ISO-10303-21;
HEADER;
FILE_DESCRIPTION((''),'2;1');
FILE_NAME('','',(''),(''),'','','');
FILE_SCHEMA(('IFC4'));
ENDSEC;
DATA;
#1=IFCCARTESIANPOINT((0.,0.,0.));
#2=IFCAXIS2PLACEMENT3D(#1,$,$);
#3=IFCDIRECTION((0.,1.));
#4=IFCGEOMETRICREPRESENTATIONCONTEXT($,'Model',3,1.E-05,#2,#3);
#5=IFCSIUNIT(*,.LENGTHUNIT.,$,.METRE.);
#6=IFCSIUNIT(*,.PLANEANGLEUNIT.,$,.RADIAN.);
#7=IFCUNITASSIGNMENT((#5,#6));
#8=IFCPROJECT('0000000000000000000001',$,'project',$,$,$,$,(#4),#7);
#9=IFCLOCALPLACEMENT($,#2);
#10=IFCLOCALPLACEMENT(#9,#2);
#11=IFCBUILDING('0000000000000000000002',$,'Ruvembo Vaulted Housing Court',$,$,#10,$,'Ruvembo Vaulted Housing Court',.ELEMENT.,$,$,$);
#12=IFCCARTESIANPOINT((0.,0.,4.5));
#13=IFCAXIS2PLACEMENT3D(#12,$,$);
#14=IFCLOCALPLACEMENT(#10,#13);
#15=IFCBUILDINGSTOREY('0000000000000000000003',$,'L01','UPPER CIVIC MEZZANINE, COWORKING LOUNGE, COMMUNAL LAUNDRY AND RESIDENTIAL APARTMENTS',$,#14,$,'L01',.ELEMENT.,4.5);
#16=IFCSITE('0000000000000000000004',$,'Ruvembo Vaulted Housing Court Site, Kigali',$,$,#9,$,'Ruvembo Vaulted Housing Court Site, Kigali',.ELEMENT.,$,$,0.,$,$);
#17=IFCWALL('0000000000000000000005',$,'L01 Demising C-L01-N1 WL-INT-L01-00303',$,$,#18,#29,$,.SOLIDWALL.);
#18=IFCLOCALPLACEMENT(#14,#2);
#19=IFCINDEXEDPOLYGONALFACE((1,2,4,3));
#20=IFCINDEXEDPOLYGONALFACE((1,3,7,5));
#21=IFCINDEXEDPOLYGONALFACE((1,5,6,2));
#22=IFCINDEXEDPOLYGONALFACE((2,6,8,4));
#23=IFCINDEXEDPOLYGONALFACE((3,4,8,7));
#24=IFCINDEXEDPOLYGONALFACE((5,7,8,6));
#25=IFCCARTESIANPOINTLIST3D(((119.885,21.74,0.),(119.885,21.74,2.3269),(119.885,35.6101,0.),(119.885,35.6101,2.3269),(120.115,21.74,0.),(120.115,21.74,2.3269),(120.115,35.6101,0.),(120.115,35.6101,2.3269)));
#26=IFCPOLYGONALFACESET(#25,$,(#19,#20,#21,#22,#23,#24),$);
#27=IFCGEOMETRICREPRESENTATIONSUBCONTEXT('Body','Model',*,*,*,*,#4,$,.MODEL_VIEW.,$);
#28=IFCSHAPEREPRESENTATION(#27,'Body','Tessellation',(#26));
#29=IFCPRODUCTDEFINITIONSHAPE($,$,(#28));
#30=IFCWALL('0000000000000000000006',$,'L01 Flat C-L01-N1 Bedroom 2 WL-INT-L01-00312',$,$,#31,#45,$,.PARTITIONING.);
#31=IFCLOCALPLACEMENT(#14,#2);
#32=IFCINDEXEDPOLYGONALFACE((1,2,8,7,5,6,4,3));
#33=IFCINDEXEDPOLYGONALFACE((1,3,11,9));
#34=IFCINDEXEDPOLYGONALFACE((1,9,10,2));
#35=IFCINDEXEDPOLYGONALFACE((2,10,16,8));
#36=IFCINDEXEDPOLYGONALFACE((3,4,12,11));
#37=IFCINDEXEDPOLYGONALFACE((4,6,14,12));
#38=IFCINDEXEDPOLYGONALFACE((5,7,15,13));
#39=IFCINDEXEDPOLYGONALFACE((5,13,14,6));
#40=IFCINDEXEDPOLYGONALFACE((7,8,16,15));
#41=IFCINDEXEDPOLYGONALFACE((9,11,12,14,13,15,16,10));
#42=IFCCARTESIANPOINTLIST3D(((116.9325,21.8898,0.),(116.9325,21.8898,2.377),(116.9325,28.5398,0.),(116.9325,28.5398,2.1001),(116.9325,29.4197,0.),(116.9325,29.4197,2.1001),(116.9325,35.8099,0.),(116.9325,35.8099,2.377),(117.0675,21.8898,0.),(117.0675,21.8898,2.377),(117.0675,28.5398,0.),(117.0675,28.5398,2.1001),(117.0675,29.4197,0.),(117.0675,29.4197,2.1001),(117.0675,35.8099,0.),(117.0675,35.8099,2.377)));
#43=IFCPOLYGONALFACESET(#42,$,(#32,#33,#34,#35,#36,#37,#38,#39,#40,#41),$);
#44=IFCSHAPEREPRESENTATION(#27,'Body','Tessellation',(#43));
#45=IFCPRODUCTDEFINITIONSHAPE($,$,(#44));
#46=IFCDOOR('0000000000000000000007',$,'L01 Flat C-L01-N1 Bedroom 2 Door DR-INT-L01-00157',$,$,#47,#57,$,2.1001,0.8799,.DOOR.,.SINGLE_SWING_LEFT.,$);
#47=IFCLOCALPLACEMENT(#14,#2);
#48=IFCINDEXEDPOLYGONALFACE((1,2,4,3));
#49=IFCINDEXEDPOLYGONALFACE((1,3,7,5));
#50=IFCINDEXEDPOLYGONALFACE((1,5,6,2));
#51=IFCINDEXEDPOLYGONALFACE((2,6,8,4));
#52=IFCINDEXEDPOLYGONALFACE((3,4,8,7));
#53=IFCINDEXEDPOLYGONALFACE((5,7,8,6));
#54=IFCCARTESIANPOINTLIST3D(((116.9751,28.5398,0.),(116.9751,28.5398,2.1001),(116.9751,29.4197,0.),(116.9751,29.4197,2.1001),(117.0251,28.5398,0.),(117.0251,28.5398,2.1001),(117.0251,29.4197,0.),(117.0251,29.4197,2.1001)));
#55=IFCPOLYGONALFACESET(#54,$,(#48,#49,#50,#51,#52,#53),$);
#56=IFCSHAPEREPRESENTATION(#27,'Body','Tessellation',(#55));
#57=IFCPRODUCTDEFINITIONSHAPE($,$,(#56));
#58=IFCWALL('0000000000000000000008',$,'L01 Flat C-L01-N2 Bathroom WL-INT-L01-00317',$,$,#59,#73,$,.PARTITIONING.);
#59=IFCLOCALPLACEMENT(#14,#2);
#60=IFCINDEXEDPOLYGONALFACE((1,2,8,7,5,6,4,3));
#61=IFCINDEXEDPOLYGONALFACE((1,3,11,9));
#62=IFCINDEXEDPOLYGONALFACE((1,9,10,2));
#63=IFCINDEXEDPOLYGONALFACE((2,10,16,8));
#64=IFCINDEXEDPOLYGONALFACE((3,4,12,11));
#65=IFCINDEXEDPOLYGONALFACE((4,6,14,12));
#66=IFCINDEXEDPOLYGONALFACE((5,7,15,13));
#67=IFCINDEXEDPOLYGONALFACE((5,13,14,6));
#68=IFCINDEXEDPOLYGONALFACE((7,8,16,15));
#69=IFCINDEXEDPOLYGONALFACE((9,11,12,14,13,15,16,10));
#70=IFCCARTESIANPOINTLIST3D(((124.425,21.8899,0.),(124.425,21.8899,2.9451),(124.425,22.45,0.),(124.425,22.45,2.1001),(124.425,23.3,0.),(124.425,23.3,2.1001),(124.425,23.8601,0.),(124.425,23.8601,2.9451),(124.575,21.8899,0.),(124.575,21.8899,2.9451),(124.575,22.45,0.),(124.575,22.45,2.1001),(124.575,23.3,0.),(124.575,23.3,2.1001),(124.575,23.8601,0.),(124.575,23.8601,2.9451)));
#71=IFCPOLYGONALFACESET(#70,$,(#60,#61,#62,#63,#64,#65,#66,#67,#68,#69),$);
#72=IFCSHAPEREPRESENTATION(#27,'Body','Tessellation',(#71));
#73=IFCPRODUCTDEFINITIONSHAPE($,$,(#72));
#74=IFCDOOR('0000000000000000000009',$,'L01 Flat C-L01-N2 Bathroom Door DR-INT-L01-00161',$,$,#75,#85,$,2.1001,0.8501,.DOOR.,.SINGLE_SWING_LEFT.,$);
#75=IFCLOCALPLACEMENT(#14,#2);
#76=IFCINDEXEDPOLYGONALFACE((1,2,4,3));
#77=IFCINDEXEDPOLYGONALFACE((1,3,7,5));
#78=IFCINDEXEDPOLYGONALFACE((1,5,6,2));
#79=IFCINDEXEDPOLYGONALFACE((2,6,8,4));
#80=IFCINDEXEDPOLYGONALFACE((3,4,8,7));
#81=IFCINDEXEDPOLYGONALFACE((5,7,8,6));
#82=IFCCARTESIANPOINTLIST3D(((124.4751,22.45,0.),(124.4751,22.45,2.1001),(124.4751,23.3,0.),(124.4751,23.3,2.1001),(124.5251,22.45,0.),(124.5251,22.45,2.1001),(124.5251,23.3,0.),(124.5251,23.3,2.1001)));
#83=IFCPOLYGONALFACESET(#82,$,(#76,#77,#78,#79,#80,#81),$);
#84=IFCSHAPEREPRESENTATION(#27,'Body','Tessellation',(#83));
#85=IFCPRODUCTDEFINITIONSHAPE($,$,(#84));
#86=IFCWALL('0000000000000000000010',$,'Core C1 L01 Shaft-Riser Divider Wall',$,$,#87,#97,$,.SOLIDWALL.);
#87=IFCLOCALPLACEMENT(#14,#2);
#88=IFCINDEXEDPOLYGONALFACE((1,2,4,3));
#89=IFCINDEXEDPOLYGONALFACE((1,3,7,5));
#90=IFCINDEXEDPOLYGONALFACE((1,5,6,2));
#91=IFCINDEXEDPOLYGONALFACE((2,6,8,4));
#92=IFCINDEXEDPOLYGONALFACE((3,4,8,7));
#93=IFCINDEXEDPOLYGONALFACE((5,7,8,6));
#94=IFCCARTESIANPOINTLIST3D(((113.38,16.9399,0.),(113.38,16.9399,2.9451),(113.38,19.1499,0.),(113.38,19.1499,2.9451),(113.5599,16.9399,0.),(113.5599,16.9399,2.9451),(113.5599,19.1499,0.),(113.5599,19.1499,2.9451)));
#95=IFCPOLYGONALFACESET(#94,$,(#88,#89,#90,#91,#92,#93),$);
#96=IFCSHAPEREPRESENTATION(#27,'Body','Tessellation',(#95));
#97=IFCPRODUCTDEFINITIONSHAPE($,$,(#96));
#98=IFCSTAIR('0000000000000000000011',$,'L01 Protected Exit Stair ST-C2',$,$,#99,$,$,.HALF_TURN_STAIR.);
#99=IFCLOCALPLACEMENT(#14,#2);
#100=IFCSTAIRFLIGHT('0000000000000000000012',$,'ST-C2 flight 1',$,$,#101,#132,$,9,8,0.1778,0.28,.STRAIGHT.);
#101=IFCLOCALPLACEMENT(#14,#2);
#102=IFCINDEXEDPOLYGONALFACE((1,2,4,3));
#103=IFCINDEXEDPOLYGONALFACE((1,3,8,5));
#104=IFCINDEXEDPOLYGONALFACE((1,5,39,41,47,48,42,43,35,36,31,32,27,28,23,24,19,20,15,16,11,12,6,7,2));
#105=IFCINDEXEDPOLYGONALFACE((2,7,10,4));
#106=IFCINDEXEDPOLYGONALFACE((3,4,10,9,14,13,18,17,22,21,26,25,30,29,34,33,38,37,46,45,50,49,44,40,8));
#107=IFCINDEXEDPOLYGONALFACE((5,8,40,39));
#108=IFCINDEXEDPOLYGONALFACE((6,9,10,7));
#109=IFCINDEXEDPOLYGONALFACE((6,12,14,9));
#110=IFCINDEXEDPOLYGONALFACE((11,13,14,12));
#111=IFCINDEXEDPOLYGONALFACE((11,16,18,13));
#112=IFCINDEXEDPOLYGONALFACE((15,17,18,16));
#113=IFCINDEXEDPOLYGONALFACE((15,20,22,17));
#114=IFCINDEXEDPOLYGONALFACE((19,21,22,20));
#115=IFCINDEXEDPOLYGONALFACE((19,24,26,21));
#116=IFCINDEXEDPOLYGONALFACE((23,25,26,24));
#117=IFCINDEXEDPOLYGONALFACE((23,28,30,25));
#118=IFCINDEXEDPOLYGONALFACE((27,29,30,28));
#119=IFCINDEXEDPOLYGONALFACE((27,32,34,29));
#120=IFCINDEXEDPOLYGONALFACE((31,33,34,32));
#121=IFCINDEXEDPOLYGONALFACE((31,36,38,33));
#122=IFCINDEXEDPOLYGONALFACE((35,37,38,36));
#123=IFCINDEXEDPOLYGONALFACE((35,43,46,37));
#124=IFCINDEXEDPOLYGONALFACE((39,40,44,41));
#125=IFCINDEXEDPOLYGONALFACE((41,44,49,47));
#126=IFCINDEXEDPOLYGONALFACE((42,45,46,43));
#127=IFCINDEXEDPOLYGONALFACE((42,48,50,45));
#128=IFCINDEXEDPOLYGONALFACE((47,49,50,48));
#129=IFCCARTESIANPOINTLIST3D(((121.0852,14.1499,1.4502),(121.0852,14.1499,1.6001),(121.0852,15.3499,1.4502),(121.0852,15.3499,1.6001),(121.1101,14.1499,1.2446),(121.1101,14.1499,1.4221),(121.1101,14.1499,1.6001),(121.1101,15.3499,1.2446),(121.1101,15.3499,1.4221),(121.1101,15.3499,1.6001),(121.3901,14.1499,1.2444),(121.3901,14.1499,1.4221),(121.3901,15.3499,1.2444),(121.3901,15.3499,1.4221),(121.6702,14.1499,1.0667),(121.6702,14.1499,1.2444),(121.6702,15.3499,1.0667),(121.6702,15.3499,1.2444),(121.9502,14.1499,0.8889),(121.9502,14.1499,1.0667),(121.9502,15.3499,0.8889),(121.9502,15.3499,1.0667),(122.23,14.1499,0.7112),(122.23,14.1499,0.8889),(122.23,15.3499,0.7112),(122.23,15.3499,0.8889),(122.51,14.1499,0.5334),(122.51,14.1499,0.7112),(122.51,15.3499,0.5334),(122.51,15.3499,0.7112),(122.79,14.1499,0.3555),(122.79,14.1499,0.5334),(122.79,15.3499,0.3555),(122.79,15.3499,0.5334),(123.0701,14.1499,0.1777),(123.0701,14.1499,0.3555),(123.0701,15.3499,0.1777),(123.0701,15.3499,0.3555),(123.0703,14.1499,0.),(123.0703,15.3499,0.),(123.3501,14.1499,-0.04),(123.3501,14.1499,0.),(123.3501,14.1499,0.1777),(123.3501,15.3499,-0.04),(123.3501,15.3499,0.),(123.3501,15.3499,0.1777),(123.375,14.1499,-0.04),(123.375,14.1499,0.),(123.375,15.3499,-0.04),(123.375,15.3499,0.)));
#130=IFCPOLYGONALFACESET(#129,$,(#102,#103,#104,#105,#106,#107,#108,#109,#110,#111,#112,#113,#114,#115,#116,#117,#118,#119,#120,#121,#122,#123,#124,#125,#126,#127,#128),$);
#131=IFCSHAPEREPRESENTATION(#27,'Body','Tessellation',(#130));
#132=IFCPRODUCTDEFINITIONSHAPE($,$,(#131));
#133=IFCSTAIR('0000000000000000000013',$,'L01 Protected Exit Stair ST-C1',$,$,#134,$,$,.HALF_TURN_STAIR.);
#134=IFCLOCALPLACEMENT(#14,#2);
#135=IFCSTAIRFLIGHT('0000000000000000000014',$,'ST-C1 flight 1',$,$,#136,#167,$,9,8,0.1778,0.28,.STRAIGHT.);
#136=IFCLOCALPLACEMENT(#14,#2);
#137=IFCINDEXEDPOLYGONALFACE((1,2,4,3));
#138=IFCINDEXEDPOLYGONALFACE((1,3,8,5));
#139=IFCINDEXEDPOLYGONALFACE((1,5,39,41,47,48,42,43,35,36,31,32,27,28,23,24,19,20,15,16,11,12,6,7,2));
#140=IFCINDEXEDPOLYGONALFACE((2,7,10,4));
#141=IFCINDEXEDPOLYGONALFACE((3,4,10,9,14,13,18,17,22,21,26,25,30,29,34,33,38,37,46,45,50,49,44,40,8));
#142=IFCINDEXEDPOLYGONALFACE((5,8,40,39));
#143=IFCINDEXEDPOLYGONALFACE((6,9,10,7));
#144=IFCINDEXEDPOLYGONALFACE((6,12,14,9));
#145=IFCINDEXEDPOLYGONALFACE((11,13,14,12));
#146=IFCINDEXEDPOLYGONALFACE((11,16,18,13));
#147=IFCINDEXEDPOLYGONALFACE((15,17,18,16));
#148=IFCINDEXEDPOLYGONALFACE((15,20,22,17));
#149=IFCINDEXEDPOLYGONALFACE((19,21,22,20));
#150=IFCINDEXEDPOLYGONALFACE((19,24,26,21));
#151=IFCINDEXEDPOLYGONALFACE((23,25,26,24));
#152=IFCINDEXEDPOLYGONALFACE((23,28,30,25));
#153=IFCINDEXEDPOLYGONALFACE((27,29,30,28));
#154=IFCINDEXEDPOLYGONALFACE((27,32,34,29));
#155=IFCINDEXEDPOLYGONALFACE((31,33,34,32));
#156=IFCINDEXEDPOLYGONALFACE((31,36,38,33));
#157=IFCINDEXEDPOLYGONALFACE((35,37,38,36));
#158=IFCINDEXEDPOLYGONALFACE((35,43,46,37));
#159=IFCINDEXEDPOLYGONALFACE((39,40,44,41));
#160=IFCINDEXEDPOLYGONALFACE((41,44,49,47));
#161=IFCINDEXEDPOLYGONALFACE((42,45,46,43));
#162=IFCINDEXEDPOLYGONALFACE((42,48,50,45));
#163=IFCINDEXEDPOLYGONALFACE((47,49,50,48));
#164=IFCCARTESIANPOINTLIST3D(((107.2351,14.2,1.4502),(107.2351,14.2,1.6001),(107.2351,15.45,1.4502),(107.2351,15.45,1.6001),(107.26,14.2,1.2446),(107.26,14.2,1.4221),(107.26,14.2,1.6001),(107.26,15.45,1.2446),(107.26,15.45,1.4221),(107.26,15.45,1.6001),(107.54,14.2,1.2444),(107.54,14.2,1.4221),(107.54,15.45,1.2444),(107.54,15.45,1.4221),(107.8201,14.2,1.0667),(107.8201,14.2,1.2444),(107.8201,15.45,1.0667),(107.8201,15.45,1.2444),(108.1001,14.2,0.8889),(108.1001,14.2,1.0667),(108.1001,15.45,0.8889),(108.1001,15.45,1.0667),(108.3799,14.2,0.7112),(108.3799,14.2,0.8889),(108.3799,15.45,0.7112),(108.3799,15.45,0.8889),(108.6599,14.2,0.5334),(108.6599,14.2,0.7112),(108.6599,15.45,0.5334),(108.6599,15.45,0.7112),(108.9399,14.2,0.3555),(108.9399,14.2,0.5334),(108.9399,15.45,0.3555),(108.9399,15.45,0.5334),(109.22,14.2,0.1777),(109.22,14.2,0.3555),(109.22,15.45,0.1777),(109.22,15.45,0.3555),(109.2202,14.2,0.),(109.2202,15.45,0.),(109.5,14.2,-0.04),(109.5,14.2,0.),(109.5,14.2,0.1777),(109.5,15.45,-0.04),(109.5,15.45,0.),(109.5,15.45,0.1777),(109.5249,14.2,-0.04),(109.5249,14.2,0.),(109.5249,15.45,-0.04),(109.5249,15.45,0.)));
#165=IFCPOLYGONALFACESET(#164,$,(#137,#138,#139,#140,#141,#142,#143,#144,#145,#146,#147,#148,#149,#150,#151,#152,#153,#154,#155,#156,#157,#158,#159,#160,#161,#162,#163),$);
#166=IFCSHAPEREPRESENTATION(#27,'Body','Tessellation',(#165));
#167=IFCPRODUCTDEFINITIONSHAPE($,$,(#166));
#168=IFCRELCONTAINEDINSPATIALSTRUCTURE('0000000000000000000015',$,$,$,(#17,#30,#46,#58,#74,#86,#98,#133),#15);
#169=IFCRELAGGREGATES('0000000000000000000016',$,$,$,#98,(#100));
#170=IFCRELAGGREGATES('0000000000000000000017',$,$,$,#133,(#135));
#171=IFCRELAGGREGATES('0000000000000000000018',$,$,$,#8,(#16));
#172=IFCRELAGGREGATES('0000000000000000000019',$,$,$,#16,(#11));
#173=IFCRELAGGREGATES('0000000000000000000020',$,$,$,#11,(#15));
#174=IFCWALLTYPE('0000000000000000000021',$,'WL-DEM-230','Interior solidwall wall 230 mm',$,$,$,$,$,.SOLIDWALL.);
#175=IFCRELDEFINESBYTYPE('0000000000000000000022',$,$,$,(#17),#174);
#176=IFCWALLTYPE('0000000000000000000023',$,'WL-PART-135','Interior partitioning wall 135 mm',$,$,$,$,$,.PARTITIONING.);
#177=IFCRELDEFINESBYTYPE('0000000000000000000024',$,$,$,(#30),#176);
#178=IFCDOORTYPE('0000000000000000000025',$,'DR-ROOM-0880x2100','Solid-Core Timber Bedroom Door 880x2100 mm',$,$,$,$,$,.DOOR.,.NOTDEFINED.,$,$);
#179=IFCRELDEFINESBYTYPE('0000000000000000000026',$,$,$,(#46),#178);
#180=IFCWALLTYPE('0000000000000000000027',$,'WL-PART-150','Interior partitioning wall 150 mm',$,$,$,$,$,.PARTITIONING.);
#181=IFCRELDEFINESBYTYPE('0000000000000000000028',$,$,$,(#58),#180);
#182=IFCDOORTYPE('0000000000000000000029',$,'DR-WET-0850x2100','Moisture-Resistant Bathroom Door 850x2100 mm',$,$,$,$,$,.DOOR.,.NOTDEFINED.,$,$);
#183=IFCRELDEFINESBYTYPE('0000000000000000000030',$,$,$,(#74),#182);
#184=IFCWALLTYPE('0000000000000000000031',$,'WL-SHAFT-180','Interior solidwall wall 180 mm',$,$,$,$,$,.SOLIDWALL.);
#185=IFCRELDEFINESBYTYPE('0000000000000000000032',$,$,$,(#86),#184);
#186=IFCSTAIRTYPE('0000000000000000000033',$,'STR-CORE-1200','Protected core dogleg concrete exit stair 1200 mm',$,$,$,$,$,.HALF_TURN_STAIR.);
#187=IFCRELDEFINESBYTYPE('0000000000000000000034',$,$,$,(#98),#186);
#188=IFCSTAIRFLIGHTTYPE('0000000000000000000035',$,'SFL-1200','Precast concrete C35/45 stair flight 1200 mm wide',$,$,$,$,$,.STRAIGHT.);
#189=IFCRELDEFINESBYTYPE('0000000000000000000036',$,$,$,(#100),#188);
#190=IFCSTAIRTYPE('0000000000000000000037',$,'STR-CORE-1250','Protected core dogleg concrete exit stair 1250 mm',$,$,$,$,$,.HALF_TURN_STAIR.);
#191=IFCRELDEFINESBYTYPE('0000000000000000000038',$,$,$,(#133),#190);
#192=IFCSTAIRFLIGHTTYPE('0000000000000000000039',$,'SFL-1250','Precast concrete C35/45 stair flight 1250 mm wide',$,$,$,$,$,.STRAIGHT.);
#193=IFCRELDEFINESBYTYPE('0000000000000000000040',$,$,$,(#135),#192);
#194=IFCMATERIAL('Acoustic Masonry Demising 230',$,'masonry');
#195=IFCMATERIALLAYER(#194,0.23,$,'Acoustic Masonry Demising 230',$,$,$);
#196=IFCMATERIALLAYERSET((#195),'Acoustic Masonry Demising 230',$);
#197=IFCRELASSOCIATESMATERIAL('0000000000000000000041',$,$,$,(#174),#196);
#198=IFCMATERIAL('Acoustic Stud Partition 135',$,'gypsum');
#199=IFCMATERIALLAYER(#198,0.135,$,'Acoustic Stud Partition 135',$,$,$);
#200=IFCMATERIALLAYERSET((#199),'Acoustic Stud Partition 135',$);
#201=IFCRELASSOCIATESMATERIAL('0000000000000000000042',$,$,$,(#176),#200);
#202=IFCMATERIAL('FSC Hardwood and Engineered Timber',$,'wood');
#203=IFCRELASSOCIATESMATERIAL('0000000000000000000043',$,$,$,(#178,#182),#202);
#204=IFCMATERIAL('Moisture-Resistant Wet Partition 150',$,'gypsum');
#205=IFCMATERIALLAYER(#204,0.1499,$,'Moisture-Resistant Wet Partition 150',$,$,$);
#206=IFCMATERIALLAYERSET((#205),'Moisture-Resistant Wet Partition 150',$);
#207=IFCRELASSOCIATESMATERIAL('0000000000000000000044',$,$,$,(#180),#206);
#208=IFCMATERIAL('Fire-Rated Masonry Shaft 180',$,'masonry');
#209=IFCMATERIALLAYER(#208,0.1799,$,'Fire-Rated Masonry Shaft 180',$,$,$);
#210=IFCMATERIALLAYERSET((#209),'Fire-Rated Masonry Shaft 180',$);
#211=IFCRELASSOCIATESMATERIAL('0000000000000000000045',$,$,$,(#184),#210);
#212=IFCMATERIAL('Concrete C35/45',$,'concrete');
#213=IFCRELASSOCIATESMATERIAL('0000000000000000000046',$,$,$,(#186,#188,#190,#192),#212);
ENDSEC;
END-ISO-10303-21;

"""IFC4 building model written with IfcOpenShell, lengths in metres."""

from ifc_helpers import new_model, si_unit, direction, frame, frame_2d, origin, place, context, subcontext, project, spatial, polyline, rectangle, outline, extrude, material, layer, layer_set, type_object, element, fill, aggregate, save


model = new_model("IFC4")

# Units and contexts
model_context = context("Model", 3, precision=1e-05, world=origin(), true_north=direction((0.0, 1.0)))
body_context = subcontext(model_context, "Body", "Model", "MODEL_VIEW")
ifc_project = project(units=[si_unit("LENGTHUNIT", "METRE"), si_unit("PLANEANGLEUNIT", "RADIAN")], contexts=[model_context])

# Site, building, storey
site_placement = place(None, origin())
site = spatial("IfcSite", under=ifc_project, at=site_placement, Name="Ruvembo Vaulted Housing Court Site, Kigali", LongName="Ruvembo Vaulted Housing Court Site, Kigali", CompositionType="ELEMENT", RefElevation=0.0)
building_placement = place(site_placement, origin())
building = spatial("IfcBuilding", under=site, at=building_placement, Name="Ruvembo Vaulted Housing Court", LongName="Ruvembo Vaulted Housing Court", CompositionType="ELEMENT")
storey_placement = place(building_placement, frame((0.0, 0.0, 4.5)))
storey = spatial("IfcBuildingStorey", under=building, at=storey_placement, Name="L01", Description="UPPER CIVIC MEZZANINE, COWORKING LOUNGE, COMMUNAL LAUNDRY AND RESIDENTIAL APARTMENTS", LongName="L01", CompositionType="ELEMENT", Elevation=4.5)

# Shared definitions
ifc_material_1 = material(Name="Concrete C35/45", Category="concrete")

# Shared definitions
ifc_material_2 = material(Name="FSC Hardwood and Engineered Timber", Category="wood")

# Wall
ifc_material_3 = material(Name="Acoustic Masonry Demising 230", Category="masonry")
ifc_layer_1 = layer(ifc_material_3, 0.23, Name="Acoustic Masonry Demising 230")
ifc_layer_set_1 = layer_set([ifc_layer_1], Name="Acoustic Masonry Demising 230")
wall_type_1 = type_object("IfcWallType", Name="WL-DEM-230", Description="Interior solidwall wall 230 mm", PredefinedType="SOLIDWALL", material=ifc_layer_set_1)
wall_1_placement = place(storey_placement, frame((120.0, 21.74, 0.0), z_axis=(0.0, 0.0, 1.0), x_axis=(0.0, 1.0, 0.0)))
element("IfcWall", 1, at=wall_1_placement, inside=storey, type_object=wall_type_1, Name="L01 Demising C-L01-N1 WL-INT-L01-00303", PredefinedType="SOLIDWALL", context=body_context, shape_type="SweptSolid", body=[
    extrude(rectangle(XDim=13.8701, YDim=0.23, at=frame_2d((6.9351, 0.0))), origin(), (0.0, 0.0, 1.0), 2.3269),
])

# Walls, openings, doors
ifc_material_4 = material(Name="Acoustic Stud Partition 135", Category="gypsum")
ifc_layer_2 = layer(ifc_material_4, 0.135, Name="Acoustic Stud Partition 135")
ifc_layer_set_2 = layer_set([ifc_layer_2], Name="Acoustic Stud Partition 135")
wall_type_2 = type_object("IfcWallType", Name="WL-PART-135", Description="Interior partitioning wall 135 mm", PredefinedType="PARTITIONING", material=ifc_layer_set_2)
wall_2_placement = place(storey_placement, frame((117.0, 21.8899, 0.0), z_axis=(0.0, 0.0, 1.0), x_axis=(0.0, 1.0, 0.0)))
wall_2 = element("IfcWall", 2, at=wall_2_placement, inside=storey, type_object=wall_type_2, Name="L01 Flat C-L01-N1 Bedroom 2 WL-INT-L01-00312", PredefinedType="PARTITIONING", context=body_context, shape_type="SweptSolid", body=[
    extrude(rectangle(XDim=13.9202, YDim=0.135, at=frame_2d((6.96, 0.0))), origin(), (0.0, 0.0, 1.0), 2.377),
])
opening_1_placement = place(wall_2_placement, frame((6.6499, 0.0, 0.0)))
opening_1 = element("IfcOpeningElement", 3, at=opening_1_placement, cuts=wall_2, PredefinedType="OPENING", context=body_context, shape_type="SweptSolid", body=[
    extrude(rectangle(XDim=0.8799, YDim=2.1001, at=frame_2d((0.4399, 1.05))), frame((0.0, 0.0774, 0.0), z_axis=(0.0, -1.0, 0.0), x_axis=(1.0, 0.0, 0.0)), (0.0, 0.0, 1.0), 0.155),
])
door_type_1 = type_object("IfcDoorType", Name="DR-ROOM-0880x2100", Description="Solid-Core Timber Bedroom Door 880x2100 mm", OperationType="NOTDEFINED", PredefinedType="DOOR", material=ifc_material_2)
door_1_placement = place(opening_1_placement, origin())
door_1 = element("IfcDoor", 4, at=door_1_placement, inside=storey, type_object=door_type_1, Name="L01 Flat C-L01-N1 Bedroom 2 Door DR-INT-L01-00157", OperationType="SINGLE_SWING_LEFT", OverallHeight=2.1001, OverallWidth=0.8799, PredefinedType="DOOR", context=body_context, shape_type="SweptSolid", body=[
    extrude(rectangle(XDim=0.8799, YDim=2.1001, at=frame_2d((0.4399, 1.05))), frame((0.0, 0.0249, 0.0), z_axis=(0.0, -1.0, 0.0), x_axis=(1.0, 0.0, 0.0)), (0.0, 0.0, 1.0), 0.05),
])
fill(opening_1, door_1)
ifc_material_5 = material(Name="Moisture-Resistant Wet Partition 150", Category="gypsum")
ifc_layer_3 = layer(ifc_material_5, 0.1499, Name="Moisture-Resistant Wet Partition 150")
ifc_layer_set_3 = layer_set([ifc_layer_3], Name="Moisture-Resistant Wet Partition 150")
wall_type_3 = type_object("IfcWallType", Name="WL-PART-150", Description="Interior partitioning wall 150 mm", PredefinedType="PARTITIONING", material=ifc_layer_set_3)
wall_3_placement = place(storey_placement, frame((124.5, 21.8899, 0.0), z_axis=(0.0, 0.0, 1.0), x_axis=(0.0, 1.0, 0.0)))
wall_3 = element("IfcWall", 5, at=wall_3_placement, inside=storey, type_object=wall_type_3, Name="L01 Flat C-L01-N2 Bathroom WL-INT-L01-00317", PredefinedType="PARTITIONING", context=body_context, shape_type="SweptSolid", body=[
    extrude(rectangle(XDim=1.9702, YDim=0.1499, at=frame_2d((0.9851, 0.0))), origin(), (0.0, 0.0, 1.0), 2.9451),
])
opening_2_placement = place(wall_3_placement, frame((0.5601, 0.0, 0.0)))
opening_2 = element("IfcOpeningElement", 6, at=opening_2_placement, cuts=wall_3, PredefinedType="OPENING", context=body_context, shape_type="SweptSolid", body=[
    extrude(rectangle(XDim=0.8501, YDim=2.1001, at=frame_2d((0.425, 1.05))), frame((0.0, 0.085, 0.0), z_axis=(0.0, -1.0, 0.0), x_axis=(1.0, 0.0, 0.0)), (0.0, 0.0, 1.0), 0.1699),
])
door_type_2 = type_object("IfcDoorType", Name="DR-WET-0850x2100", Description="Moisture-Resistant Bathroom Door 850x2100 mm", OperationType="NOTDEFINED", PredefinedType="DOOR", material=ifc_material_2)
door_2_placement = place(opening_2_placement, origin())
door_2 = element("IfcDoor", 7, at=door_2_placement, inside=storey, type_object=door_type_2, Name="L01 Flat C-L01-N2 Bathroom Door DR-INT-L01-00161", OperationType="SINGLE_SWING_LEFT", OverallHeight=2.1001, OverallWidth=0.8501, PredefinedType="DOOR", context=body_context, shape_type="SweptSolid", body=[
    extrude(rectangle(XDim=0.8501, YDim=2.1001, at=frame_2d((0.425, 1.05))), frame((0.0, 0.0249, 0.0), z_axis=(0.0, -1.0, 0.0), x_axis=(1.0, 0.0, 0.0)), (0.0, 0.0, 1.0), 0.05),
])
fill(opening_2, door_2)

# Shared definitions
ifc_material_6 = material(Name="Fire-Rated Masonry Shaft 180", Category="masonry")
ifc_layer_4 = layer(ifc_material_6, 0.1799, Name="Fire-Rated Masonry Shaft 180")
ifc_layer_set_4 = layer_set([ifc_layer_4], Name="Fire-Rated Masonry Shaft 180")
wall_type_4 = type_object("IfcWallType", Name="WL-SHAFT-180", Description="Interior solidwall wall 180 mm", PredefinedType="SOLIDWALL", material=ifc_layer_set_4)

# Wall
wall_4_placement = place(storey_placement, frame((113.47, 16.9399, 0.0), z_axis=(0.0, 0.0, 1.0), x_axis=(0.0, 1.0, 0.0)))
element("IfcWall", 8, at=wall_4_placement, inside=storey, type_object=wall_type_4, Name="Core C1 L01 Shaft-Riser Divider Wall", PredefinedType="SOLIDWALL", context=body_context, shape_type="SweptSolid", body=[
    extrude(rectangle(XDim=2.21, YDim=0.1799, at=frame_2d((1.105, 0.0))), origin(), (0.0, 0.0, 1.0), 2.9451),
])

# Stairs, stair flights
stair_type_1 = type_object("IfcStairType", Name="STR-CORE-1200", Description="Protected core dogleg concrete exit stair 1200 mm", PredefinedType="HALF_TURN_STAIR", material=ifc_material_1)
stair_1_placement = place(storey_placement, origin())
stair_1 = element("IfcStair", 9, at=stair_1_placement, inside=storey, type_object=stair_type_1, Name="L01 Protected Exit Stair ST-C2", PredefinedType="HALF_TURN_STAIR")
stair_flight_type_1 = type_object("IfcStairFlightType", Name="SFL-1200", Description="Precast concrete C35/45 stair flight 1200 mm wide", PredefinedType="STRAIGHT", material=ifc_material_1)
stair_flight_1_placement = place(storey_placement, frame((123.3501, 14.75, 0.0), z_axis=(0.0, 0.0, 1.0), x_axis=(-1.0, 0.0, 0.0)))
stair_flight_1 = element("IfcStairFlight", 10, at=stair_flight_1_placement, type_object=stair_flight_type_1, Name="ST-C2 flight 1", NumberOfRisers=9, NumberOfTreads=8, PredefinedType="STRAIGHT", RiserHeight=0.1778, TreadLength=0.28, context=body_context, shape_type="SweptSolid", body=[
    extrude(outline(polyline([(-0.0249, -0.04), (-0.0249, 0.0), (0.0, 0.0), (0.0, 0.1777), (0.28, 0.1777), (0.28, 0.3555), (0.5601, 0.3555), (0.5601, 0.5334), (0.8401, 0.5334), (0.8401, 0.7112), (1.1201, 0.7112), (1.1201, 0.8889), (1.3999, 0.8889), (1.3999, 1.0667), (1.6799, 1.0667), (1.6799, 1.2444), (1.96, 1.2444), (1.96, 1.4221), (2.24, 1.4221), (2.24, 1.6001), (2.2649, 1.6001), (2.2649, 1.4502), (2.24, 1.2446), (0.2798, 0.0), (0.0, -0.04), (-0.0249, -0.04)])), frame((0.0, 0.6001, 0.0), z_axis=(0.0, -1.0, 0.0), x_axis=(1.0, 0.0, 0.0)), (0.0, 0.0, 1.0), 1.2),
])
aggregate(stair_1, [stair_flight_1])
stair_type_2 = type_object("IfcStairType", Name="STR-CORE-1250", Description="Protected core dogleg concrete exit stair 1250 mm", PredefinedType="HALF_TURN_STAIR", material=ifc_material_1)
stair_2_placement = place(storey_placement, origin())
stair_2 = element("IfcStair", 11, at=stair_2_placement, inside=storey, type_object=stair_type_2, Name="L01 Protected Exit Stair ST-C1", PredefinedType="HALF_TURN_STAIR")
stair_flight_type_2 = type_object("IfcStairFlightType", Name="SFL-1250", Description="Precast concrete C35/45 stair flight 1250 mm wide", PredefinedType="STRAIGHT", material=ifc_material_1)
stair_flight_2_placement = place(storey_placement, frame((109.5, 14.825, 0.0), z_axis=(0.0, 0.0, 1.0), x_axis=(-1.0, 0.0, 0.0)))
stair_flight_2 = element("IfcStairFlight", 12, at=stair_flight_2_placement, type_object=stair_flight_type_2, Name="ST-C1 flight 1", NumberOfRisers=9, NumberOfTreads=8, PredefinedType="STRAIGHT", RiserHeight=0.1778, TreadLength=0.28, context=body_context, shape_type="SweptSolid", body=[
    extrude(outline(polyline([(-0.0249, -0.04), (-0.0249, 0.0), (0.0, 0.0), (0.0, 0.1777), (0.28, 0.1777), (0.28, 0.3555), (0.5601, 0.3555), (0.5601, 0.5334), (0.8401, 0.5334), (0.8401, 0.7112), (1.1201, 0.7112), (1.1201, 0.8889), (1.3999, 0.8889), (1.3999, 1.0667), (1.6799, 1.0667), (1.6799, 1.2444), (1.96, 1.2444), (1.96, 1.4221), (2.24, 1.4221), (2.24, 1.6001), (2.2649, 1.6001), (2.2649, 1.4502), (2.24, 1.2446), (0.2798, 0.0), (0.0, -0.04), (-0.0249, -0.04)])), frame((0.0, 0.625, 0.0), z_axis=(0.0, -1.0, 0.0), x_axis=(1.0, 0.0, 0.0)), (0.0, 0.0, 1.0), 1.25),
])
aggregate(stair_2, [stair_flight_2])

save(model, "model.ifc")
